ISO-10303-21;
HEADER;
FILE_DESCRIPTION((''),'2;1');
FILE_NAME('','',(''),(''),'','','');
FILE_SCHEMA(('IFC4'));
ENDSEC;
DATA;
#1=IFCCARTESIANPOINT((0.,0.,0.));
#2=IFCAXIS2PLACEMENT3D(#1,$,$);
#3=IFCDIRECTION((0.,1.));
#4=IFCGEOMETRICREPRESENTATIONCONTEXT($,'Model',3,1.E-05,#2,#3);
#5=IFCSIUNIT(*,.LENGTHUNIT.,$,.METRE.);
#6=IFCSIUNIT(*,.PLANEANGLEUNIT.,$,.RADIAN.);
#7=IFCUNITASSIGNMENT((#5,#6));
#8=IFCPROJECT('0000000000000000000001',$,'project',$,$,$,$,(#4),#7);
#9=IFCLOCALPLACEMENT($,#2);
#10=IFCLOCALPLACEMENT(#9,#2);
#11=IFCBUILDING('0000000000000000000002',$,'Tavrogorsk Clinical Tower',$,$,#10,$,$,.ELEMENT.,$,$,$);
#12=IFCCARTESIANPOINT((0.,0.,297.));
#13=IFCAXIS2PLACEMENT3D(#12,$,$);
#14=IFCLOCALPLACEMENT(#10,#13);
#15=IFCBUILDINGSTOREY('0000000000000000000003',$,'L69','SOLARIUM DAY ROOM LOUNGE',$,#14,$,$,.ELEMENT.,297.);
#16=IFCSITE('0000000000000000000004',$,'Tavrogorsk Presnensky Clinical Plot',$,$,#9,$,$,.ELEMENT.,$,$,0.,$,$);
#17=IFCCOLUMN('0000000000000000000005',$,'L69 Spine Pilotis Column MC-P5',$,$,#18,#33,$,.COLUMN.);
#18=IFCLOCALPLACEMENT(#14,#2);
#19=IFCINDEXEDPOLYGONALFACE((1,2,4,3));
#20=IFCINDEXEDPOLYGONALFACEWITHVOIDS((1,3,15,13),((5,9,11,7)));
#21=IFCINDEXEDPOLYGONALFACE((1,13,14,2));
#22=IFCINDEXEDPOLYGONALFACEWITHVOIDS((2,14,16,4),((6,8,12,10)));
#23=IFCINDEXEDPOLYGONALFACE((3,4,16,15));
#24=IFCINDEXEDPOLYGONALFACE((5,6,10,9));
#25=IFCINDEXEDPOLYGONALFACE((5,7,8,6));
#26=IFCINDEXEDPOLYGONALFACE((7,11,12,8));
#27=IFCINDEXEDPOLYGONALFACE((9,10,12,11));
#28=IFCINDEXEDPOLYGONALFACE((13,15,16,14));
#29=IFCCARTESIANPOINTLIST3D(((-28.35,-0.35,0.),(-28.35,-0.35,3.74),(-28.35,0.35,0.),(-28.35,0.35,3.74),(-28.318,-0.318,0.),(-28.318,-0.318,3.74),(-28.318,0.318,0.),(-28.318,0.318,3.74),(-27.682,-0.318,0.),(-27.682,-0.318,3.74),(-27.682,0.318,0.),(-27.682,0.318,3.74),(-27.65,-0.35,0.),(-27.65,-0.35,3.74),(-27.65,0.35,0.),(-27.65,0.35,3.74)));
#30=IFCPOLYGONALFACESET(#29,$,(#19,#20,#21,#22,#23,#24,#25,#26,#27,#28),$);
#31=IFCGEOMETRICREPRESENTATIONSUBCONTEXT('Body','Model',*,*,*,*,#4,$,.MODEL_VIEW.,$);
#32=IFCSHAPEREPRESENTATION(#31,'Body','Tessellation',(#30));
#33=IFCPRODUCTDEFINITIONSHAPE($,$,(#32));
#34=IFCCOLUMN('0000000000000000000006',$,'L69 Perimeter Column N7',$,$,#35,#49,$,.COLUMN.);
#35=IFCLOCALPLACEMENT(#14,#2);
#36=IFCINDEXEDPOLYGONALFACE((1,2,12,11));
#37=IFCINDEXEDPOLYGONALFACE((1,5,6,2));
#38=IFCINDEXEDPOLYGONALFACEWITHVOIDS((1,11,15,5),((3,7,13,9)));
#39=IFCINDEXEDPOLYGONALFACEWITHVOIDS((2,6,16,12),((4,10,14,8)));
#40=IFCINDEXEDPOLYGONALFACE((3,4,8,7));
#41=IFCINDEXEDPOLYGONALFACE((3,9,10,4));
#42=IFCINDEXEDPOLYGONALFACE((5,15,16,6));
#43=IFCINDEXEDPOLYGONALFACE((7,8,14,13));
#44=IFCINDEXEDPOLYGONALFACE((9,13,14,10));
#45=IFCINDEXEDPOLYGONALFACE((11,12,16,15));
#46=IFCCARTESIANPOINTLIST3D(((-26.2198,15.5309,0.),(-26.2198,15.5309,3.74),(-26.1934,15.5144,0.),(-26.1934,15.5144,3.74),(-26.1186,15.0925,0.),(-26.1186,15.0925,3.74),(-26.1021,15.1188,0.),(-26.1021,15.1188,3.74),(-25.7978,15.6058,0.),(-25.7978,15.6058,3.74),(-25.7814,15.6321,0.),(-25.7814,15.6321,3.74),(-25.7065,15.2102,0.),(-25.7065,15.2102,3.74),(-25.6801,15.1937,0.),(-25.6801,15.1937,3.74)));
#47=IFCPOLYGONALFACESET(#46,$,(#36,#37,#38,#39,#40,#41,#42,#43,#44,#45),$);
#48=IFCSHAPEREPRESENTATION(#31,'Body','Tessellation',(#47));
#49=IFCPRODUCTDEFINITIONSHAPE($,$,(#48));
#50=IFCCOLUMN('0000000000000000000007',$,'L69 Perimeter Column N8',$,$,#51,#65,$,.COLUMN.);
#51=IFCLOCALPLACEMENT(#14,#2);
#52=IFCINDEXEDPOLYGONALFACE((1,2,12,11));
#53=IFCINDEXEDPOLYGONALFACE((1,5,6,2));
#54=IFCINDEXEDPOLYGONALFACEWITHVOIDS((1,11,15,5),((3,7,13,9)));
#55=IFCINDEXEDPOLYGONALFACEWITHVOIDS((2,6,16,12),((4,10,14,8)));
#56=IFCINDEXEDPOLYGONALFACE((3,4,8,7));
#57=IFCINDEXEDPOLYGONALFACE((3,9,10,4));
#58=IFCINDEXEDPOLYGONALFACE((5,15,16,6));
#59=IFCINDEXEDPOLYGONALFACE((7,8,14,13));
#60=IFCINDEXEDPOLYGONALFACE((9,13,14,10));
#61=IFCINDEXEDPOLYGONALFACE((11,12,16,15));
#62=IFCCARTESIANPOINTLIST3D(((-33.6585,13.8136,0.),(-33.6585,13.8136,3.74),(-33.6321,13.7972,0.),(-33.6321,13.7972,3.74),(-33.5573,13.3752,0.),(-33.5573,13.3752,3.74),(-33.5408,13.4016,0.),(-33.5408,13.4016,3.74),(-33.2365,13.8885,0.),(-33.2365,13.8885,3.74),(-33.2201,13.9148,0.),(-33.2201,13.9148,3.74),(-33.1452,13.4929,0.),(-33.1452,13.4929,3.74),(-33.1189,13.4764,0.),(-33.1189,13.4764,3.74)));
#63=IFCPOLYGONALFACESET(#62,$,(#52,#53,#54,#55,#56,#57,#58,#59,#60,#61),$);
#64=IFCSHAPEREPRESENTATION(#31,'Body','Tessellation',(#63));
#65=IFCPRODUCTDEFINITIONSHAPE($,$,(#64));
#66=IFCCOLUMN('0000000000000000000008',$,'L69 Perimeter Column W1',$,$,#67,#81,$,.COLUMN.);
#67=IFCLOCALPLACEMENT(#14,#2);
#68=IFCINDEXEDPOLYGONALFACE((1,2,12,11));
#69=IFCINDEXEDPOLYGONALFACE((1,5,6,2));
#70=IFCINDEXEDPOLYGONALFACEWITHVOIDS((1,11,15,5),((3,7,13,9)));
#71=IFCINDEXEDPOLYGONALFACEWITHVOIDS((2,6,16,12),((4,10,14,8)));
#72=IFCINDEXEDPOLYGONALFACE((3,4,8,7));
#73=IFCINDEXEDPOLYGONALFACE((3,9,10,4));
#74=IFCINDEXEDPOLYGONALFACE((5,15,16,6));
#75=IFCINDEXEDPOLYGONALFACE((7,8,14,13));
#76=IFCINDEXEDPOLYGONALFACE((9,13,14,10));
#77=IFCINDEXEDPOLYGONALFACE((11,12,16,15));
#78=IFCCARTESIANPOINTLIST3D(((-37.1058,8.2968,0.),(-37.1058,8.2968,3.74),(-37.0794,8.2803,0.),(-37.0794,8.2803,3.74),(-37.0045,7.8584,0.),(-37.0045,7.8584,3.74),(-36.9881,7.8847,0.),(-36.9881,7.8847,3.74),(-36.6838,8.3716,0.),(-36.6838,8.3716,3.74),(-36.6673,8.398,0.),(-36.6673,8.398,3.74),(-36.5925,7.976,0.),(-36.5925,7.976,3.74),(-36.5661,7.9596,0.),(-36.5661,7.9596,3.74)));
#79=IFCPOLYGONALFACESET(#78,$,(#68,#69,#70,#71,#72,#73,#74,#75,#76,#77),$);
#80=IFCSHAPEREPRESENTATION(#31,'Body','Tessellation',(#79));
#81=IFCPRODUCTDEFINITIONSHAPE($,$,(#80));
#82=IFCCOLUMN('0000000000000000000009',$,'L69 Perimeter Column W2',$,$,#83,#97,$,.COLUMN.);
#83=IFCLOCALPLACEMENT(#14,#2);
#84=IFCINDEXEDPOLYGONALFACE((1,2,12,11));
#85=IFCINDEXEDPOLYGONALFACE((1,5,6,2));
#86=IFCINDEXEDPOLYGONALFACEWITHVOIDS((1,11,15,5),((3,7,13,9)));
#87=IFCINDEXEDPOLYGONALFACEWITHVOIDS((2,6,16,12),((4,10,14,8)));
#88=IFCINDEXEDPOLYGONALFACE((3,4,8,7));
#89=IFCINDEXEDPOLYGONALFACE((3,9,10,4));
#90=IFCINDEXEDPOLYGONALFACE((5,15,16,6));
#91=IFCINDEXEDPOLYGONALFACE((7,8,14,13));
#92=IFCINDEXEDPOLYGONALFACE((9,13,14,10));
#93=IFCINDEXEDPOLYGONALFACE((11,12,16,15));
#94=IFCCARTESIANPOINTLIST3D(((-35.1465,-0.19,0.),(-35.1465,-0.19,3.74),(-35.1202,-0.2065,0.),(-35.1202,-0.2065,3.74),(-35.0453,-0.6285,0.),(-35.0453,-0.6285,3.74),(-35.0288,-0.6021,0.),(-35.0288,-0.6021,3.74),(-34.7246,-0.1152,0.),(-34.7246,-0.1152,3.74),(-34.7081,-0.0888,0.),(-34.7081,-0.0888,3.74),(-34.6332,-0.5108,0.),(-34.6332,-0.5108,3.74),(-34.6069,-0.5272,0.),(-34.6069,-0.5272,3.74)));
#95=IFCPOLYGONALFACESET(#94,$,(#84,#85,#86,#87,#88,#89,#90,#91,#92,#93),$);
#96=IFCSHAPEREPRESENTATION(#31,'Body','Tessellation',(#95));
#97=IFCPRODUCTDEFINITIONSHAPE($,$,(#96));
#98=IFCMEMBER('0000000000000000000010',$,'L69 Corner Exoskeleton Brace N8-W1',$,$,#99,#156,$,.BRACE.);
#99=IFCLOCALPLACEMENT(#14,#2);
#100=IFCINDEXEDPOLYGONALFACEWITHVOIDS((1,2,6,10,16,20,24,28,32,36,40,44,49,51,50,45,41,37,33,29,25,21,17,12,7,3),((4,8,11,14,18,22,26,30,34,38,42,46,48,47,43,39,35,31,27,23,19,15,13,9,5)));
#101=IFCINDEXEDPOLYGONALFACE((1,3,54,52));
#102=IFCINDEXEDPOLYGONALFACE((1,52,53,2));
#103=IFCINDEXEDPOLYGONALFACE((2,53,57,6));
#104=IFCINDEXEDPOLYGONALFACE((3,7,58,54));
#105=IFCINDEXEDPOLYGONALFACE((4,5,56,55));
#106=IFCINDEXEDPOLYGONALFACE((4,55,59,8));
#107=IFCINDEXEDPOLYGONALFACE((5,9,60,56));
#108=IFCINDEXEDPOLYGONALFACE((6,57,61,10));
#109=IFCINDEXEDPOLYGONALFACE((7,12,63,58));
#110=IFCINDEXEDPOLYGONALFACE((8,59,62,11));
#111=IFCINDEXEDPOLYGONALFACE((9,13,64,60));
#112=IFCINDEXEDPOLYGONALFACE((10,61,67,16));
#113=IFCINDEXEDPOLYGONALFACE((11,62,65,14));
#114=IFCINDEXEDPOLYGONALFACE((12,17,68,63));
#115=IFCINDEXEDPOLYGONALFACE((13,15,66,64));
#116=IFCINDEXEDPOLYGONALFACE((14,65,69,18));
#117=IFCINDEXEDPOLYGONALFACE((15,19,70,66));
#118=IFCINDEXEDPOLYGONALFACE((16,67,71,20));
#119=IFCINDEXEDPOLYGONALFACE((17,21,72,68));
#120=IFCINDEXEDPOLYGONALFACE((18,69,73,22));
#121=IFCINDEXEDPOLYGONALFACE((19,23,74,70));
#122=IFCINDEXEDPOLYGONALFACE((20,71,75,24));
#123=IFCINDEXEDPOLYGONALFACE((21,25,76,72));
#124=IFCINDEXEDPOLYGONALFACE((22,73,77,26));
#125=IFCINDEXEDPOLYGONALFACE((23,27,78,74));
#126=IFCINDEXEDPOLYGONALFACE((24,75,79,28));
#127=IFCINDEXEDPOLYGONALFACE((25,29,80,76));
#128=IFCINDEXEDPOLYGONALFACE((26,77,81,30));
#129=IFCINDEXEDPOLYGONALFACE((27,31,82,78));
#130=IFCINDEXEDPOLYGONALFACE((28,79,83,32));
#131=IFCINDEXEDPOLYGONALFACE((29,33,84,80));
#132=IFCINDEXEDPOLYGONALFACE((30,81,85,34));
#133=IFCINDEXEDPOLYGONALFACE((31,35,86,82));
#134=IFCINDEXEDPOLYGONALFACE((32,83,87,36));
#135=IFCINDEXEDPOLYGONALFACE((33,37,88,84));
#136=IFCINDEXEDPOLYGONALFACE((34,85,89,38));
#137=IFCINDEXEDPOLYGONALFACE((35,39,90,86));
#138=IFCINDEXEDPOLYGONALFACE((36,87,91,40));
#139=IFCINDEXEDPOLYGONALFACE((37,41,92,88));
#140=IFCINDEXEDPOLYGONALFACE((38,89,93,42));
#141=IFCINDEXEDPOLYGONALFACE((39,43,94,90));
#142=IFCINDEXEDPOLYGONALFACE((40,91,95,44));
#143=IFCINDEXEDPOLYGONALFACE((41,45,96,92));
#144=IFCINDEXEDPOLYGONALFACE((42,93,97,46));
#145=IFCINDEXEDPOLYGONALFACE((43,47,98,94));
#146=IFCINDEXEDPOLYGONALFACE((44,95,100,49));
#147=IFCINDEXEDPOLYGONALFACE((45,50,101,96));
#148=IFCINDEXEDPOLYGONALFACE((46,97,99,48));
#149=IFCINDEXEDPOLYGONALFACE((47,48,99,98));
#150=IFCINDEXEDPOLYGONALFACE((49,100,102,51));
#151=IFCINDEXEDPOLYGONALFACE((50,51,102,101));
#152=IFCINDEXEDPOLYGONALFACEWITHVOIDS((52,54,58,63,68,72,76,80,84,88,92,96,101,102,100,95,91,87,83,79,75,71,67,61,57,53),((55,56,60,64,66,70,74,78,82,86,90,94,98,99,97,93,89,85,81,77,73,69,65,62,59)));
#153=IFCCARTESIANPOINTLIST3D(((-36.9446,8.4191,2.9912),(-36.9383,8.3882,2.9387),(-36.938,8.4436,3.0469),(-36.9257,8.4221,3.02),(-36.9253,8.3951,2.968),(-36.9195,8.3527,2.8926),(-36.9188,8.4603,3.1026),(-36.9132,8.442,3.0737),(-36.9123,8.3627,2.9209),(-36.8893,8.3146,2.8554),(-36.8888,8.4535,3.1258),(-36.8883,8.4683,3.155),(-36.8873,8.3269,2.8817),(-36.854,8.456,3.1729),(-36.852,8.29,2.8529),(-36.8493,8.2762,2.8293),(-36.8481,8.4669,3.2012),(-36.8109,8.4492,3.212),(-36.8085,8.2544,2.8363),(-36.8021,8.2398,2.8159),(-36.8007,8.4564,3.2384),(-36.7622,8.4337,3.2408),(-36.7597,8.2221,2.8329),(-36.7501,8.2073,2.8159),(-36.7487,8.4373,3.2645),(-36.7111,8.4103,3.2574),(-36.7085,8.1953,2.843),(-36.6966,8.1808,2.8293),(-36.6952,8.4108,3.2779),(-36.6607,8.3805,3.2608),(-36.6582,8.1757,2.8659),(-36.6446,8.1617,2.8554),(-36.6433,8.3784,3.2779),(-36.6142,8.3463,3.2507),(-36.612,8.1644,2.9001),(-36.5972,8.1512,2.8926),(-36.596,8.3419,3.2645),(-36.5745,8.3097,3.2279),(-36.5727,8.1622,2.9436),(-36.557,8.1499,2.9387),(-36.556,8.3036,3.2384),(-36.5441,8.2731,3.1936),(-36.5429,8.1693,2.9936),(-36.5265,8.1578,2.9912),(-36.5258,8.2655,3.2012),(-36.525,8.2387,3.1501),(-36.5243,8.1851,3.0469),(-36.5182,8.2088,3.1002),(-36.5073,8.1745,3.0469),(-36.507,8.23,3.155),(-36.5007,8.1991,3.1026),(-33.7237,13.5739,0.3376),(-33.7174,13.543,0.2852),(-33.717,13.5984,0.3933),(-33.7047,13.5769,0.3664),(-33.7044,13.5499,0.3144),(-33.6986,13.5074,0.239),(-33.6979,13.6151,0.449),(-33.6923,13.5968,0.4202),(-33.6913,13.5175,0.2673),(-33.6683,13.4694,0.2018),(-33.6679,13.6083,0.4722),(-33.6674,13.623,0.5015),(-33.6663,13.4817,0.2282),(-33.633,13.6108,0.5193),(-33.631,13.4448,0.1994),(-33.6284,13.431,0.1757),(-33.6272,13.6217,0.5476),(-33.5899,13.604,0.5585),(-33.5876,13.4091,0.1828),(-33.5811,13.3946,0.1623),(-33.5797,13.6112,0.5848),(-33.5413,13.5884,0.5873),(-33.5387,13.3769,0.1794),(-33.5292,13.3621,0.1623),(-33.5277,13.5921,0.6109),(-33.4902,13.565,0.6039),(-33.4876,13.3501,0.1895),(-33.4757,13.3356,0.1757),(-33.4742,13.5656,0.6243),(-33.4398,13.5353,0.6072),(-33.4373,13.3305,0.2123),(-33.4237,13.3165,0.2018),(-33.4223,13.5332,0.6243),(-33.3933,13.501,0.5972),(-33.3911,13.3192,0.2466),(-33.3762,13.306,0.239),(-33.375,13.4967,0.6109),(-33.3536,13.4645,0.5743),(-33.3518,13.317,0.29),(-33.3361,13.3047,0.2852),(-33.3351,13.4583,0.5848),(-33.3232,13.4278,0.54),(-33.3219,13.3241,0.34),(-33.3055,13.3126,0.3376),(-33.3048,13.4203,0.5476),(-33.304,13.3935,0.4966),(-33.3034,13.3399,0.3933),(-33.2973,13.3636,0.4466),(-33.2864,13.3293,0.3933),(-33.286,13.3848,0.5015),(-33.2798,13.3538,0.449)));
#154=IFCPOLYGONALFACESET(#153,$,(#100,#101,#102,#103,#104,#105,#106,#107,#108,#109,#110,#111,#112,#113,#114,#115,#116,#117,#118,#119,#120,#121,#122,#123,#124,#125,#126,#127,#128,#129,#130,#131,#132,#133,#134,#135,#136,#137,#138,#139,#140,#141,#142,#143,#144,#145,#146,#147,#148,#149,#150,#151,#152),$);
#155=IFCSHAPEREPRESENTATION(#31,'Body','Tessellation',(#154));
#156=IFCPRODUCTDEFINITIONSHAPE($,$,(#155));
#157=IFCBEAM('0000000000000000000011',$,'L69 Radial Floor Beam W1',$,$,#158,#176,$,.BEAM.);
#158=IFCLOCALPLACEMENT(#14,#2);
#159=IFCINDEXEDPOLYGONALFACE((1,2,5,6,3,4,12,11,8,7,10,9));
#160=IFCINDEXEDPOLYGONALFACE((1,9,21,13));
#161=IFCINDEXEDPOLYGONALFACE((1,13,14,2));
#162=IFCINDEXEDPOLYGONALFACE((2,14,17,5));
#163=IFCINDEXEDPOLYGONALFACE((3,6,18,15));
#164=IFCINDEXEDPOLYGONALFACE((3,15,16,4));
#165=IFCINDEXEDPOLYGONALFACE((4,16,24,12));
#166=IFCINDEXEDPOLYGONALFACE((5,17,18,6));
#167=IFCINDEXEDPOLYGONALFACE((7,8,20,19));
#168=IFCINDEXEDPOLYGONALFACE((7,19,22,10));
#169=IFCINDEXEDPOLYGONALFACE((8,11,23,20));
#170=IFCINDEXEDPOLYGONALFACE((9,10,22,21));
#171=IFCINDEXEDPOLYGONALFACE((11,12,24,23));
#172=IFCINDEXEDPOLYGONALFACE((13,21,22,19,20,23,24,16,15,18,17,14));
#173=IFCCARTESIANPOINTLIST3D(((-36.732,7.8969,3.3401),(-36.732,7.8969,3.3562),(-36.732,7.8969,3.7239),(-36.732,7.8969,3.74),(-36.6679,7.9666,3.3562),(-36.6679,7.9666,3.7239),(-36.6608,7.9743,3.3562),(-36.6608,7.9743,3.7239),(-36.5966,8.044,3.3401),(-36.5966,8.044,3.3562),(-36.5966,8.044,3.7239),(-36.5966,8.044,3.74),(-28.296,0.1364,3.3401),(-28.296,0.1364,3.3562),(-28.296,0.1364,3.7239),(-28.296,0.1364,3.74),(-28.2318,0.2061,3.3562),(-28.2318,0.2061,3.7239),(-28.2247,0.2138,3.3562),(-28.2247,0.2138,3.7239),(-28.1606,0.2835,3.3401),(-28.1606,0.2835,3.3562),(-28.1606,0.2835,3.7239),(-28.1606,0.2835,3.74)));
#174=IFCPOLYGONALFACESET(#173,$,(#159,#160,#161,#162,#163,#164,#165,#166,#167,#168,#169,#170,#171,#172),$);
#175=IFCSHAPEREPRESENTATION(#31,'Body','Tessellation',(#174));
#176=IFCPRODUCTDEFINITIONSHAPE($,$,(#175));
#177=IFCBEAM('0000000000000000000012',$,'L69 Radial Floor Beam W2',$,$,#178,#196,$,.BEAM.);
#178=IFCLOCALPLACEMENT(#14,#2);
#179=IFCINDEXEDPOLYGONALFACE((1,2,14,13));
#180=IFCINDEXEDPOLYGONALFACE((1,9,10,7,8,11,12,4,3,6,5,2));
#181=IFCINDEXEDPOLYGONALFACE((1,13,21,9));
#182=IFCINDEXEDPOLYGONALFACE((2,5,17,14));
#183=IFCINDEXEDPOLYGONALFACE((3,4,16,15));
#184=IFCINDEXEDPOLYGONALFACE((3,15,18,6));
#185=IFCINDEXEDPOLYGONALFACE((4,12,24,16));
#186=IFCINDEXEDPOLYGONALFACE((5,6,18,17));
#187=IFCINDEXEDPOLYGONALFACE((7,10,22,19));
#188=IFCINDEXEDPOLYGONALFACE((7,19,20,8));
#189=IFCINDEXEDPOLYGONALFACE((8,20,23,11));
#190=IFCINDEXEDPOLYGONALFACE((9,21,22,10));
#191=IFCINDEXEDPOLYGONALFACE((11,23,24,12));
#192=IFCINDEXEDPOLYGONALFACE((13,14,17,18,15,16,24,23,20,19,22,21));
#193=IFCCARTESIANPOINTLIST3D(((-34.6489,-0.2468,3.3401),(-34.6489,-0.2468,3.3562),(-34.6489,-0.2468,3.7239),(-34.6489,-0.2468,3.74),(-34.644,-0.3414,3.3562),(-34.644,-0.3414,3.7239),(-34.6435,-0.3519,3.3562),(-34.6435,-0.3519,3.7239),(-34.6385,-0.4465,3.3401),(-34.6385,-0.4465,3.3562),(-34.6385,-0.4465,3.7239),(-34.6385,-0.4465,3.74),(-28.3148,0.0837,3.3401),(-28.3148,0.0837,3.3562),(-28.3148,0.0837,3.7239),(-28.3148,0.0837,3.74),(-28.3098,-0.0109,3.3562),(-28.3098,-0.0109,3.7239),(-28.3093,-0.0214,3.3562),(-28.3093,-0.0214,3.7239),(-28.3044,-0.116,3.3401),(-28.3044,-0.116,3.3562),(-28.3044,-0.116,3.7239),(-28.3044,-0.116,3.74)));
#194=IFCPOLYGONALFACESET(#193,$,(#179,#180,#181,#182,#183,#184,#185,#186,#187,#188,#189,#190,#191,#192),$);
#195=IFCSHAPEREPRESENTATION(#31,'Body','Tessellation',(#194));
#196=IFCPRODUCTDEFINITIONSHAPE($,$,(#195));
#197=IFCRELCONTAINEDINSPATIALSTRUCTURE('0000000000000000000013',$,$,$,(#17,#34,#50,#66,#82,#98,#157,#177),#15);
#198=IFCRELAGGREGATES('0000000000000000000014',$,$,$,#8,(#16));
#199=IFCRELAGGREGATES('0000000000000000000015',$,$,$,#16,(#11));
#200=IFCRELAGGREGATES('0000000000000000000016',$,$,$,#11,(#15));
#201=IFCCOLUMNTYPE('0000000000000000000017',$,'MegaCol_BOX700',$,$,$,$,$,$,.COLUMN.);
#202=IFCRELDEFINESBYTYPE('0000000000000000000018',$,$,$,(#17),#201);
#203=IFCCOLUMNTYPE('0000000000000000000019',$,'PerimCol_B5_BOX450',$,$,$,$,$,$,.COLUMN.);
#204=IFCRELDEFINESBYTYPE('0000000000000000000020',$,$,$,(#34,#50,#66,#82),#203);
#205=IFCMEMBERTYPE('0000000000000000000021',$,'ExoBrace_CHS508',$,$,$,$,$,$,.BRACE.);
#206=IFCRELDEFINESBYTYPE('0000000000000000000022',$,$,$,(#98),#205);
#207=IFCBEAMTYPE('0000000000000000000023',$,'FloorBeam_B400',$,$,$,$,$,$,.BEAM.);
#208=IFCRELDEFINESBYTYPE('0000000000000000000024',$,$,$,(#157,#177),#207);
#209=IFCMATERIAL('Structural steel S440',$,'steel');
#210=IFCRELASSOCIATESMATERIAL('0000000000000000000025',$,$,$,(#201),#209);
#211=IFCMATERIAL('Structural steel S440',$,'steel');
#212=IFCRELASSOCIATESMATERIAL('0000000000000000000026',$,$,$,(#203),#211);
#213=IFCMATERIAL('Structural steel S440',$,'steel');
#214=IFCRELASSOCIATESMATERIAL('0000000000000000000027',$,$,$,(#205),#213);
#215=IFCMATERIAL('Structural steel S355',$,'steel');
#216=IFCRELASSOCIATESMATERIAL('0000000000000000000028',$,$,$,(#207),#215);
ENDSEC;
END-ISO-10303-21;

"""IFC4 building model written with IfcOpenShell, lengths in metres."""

from ifc_helpers import new_model, si_unit, direction, frame, origin, origin_2d, place, context, subcontext, project, spatial, hollow_rectangle, hollow_circle, i_section, extrude, material, material_profile, profile_set, type_object, element, save


model = new_model("IFC4")

# Units and contexts
model_context = context("Model", 3, precision=1e-05, world=origin(), true_north=direction((0.0, 1.0)))
body_context = subcontext(model_context, "Body", "Model", "MODEL_VIEW")
ifc_project = project(units=[si_unit("LENGTHUNIT", "METRE"), si_unit("PLANEANGLEUNIT", "RADIAN")], contexts=[model_context])

# Site, building, storey
site_placement = place(None, origin())
site = spatial("IfcSite", under=ifc_project, at=site_placement, Name="Tavrogorsk Presnensky Clinical Plot", CompositionType="ELEMENT", RefElevation=0.0)
building_placement = place(site_placement, origin())
building = spatial("IfcBuilding", under=site, at=building_placement, Name="Tavrogorsk Clinical Tower", CompositionType="ELEMENT")
storey_placement = place(building_placement, frame((0.0, 0.0, 297.0)))
storey = spatial("IfcBuildingStorey", under=building, at=storey_placement, Name="L69", Description="SOLARIUM DAY ROOM LOUNGE", CompositionType="ELEMENT", Elevation=297.0)

# Columns
ifc_material_1 = material(Name="Structural steel S440", Category="steel")
ifc_material_profile_1 = material_profile(ifc_material_1, hollow_rectangle(XDim=0.7, YDim=0.7, WallThickness=0.032, at=origin_2d()), Name="BOX-700x700x32")
ifc_profile_set_1 = profile_set([ifc_material_profile_1], Name="Structural steel S440")
column_type_1 = type_object("IfcColumnType", Name="MegaCol_BOX700", PredefinedType="COLUMN", material=ifc_profile_set_1)
column_placement = place(storey_placement, frame((-28.0, 0.0, 0.0), z_axis=(0.0, 0.0, 1.0), x_axis=(1.0, 0.0, 0.0)))
element("IfcColumn", 1, at=column_placement, inside=storey, type_object=column_type_1, Name="L69 Spine Pilotis Column MC-P5", PredefinedType="COLUMN", context=body_context, shape_type="SweptSolid", body=[
    extrude(hollow_rectangle(XDim=0.7, YDim=0.7, WallThickness=0.032, at=origin_2d()), origin(), (0.0, 0.0, 1.0), 3.74),
])
ifc_material_2 = material(Name="Structural steel S440", Category="steel")
ifc_material_profile_2 = material_profile(ifc_material_2, hollow_rectangle(XDim=0.45, YDim=0.45, WallThickness=0.022, at=origin_2d()), Name="BOX-450x450x22")
ifc_profile_set_2 = profile_set([ifc_material_profile_2], Name="Structural steel S440")
column_type_2 = type_object("IfcColumnType", Name="PerimCol_B5_BOX450", PredefinedType="COLUMN", material=ifc_profile_set_2)
for number, where, z_axis, x_axis, name in (
    (2, (-25.95, 15.3623, 0.0), (0.0, 0.0, 1.0), (0.97437, 0.224951, 0.0), "L69 Perimeter Column N7"),
    (3, (-33.3887, 13.645, 0.0), (0.0, 0.0, 1.0), (0.97437, 0.224951, 0.0), "L69 Perimeter Column N8"),
    (4, (-36.8359, 8.1282, 0.0), (0.0, 0.0, 1.0), (0.97437, 0.224951, 0.0), "L69 Perimeter Column W1"),
    (5, (-34.8767, -0.3586, 0.0), (0.0, 0.0, 1.0), (0.97437, 0.224951, 0.0), "L69 Perimeter Column W2"),
):
    element("IfcColumn", number, at=place(storey_placement, frame(where, z_axis=z_axis, x_axis=x_axis)), inside=storey, type_object=column_type_2, Name=name, PredefinedType="COLUMN", context=body_context, shape_type="SweptSolid", body=[
        extrude(hollow_rectangle(XDim=0.45, YDim=0.45, WallThickness=0.022, at=origin_2d()), origin(), (0.0, 0.0, 1.0), 3.74),
    ])

# Member
ifc_material_3 = material(Name="Structural steel S440", Category="steel")
ifc_material_profile_3 = material_profile(ifc_material_3, hollow_circle(Radius=0.2539, WallThickness=0.02, at=origin_2d()), Name="CHS-508x20")
ifc_profile_set_3 = profile_set([ifc_material_profile_3], Name="Structural steel S440")
member_type = type_object("IfcMemberType", Name="ExoBrace_CHS508", PredefinedType="BRACE", material=ifc_profile_set_3)
member_placement = place(storey_placement, frame((-33.5017, 13.4639, 0.3933), z_axis=(-0.485644, -0.777222, 0.400096), x_axis=(0.848057, -0.529905, 0.0)))
element("IfcMember", 6, at=member_placement, inside=storey, type_object=member_type, Name="L69 Corner Exoskeleton Brace N8-W1", PredefinedType="BRACE", context=body_context, shape_type="SweptSolid", body=[
    extrude(hollow_circle(Radius=0.2539, WallThickness=0.02, at=origin_2d()), origin(), (0.0, 0.0, 1.0), 6.6323),
])

# Beams
ifc_material_4 = material(Name="Structural steel S355", Category="steel")
ifc_material_profile_4 = material_profile(ifc_material_4, i_section(OverallWidth=0.2, OverallDepth=0.3999, WebThickness=0.0105, FlangeThickness=0.0161, at=origin_2d()), Name="B-400x200x10.5x16")
ifc_profile_set_4 = profile_set([ifc_material_profile_4], Name="Structural steel S355")
beam_type_1 = type_object("IfcBeamType", Name="FloorBeam_B400", PredefinedType="BEAM", material=ifc_profile_set_4)
beam_1_placement = place(storey_placement, frame((-28.2283, 0.21, 3.54), z_axis=(-0.735959, 0.677026, 0.0), x_axis=(-0.677026, -0.735959, 0.0)))
element("IfcBeam", 7, at=beam_1_placement, inside=storey, type_object=beam_type_1, Name="L69 Radial Floor Beam W1", PredefinedType="BEAM", context=body_context, shape_type="SweptSolid", body=[
    extrude(i_section(OverallWidth=0.2, OverallDepth=0.3999, WebThickness=0.0105, FlangeThickness=0.0161, at=origin_2d()), origin(), (0.0, 0.0, 1.0), 11.4626),
])
beam_2_placement = place(storey_placement, frame((-28.3096, -0.0161, 3.54), z_axis=(-0.998641, -0.052116, 0.0), x_axis=(0.052116, -0.998641, 0.0)))
element("IfcBeam", 8, at=beam_2_placement, inside=storey, type_object=beam_type_1, Name="L69 Radial Floor Beam W2", PredefinedType="BEAM", context=body_context, shape_type="SweptSolid", body=[
    extrude(i_section(OverallWidth=0.2, OverallDepth=0.3999, WebThickness=0.0105, FlangeThickness=0.0161, at=origin_2d()), origin(), (0.0, 0.0, 1.0), 6.3428),
])

save(model, "model.ifc")
